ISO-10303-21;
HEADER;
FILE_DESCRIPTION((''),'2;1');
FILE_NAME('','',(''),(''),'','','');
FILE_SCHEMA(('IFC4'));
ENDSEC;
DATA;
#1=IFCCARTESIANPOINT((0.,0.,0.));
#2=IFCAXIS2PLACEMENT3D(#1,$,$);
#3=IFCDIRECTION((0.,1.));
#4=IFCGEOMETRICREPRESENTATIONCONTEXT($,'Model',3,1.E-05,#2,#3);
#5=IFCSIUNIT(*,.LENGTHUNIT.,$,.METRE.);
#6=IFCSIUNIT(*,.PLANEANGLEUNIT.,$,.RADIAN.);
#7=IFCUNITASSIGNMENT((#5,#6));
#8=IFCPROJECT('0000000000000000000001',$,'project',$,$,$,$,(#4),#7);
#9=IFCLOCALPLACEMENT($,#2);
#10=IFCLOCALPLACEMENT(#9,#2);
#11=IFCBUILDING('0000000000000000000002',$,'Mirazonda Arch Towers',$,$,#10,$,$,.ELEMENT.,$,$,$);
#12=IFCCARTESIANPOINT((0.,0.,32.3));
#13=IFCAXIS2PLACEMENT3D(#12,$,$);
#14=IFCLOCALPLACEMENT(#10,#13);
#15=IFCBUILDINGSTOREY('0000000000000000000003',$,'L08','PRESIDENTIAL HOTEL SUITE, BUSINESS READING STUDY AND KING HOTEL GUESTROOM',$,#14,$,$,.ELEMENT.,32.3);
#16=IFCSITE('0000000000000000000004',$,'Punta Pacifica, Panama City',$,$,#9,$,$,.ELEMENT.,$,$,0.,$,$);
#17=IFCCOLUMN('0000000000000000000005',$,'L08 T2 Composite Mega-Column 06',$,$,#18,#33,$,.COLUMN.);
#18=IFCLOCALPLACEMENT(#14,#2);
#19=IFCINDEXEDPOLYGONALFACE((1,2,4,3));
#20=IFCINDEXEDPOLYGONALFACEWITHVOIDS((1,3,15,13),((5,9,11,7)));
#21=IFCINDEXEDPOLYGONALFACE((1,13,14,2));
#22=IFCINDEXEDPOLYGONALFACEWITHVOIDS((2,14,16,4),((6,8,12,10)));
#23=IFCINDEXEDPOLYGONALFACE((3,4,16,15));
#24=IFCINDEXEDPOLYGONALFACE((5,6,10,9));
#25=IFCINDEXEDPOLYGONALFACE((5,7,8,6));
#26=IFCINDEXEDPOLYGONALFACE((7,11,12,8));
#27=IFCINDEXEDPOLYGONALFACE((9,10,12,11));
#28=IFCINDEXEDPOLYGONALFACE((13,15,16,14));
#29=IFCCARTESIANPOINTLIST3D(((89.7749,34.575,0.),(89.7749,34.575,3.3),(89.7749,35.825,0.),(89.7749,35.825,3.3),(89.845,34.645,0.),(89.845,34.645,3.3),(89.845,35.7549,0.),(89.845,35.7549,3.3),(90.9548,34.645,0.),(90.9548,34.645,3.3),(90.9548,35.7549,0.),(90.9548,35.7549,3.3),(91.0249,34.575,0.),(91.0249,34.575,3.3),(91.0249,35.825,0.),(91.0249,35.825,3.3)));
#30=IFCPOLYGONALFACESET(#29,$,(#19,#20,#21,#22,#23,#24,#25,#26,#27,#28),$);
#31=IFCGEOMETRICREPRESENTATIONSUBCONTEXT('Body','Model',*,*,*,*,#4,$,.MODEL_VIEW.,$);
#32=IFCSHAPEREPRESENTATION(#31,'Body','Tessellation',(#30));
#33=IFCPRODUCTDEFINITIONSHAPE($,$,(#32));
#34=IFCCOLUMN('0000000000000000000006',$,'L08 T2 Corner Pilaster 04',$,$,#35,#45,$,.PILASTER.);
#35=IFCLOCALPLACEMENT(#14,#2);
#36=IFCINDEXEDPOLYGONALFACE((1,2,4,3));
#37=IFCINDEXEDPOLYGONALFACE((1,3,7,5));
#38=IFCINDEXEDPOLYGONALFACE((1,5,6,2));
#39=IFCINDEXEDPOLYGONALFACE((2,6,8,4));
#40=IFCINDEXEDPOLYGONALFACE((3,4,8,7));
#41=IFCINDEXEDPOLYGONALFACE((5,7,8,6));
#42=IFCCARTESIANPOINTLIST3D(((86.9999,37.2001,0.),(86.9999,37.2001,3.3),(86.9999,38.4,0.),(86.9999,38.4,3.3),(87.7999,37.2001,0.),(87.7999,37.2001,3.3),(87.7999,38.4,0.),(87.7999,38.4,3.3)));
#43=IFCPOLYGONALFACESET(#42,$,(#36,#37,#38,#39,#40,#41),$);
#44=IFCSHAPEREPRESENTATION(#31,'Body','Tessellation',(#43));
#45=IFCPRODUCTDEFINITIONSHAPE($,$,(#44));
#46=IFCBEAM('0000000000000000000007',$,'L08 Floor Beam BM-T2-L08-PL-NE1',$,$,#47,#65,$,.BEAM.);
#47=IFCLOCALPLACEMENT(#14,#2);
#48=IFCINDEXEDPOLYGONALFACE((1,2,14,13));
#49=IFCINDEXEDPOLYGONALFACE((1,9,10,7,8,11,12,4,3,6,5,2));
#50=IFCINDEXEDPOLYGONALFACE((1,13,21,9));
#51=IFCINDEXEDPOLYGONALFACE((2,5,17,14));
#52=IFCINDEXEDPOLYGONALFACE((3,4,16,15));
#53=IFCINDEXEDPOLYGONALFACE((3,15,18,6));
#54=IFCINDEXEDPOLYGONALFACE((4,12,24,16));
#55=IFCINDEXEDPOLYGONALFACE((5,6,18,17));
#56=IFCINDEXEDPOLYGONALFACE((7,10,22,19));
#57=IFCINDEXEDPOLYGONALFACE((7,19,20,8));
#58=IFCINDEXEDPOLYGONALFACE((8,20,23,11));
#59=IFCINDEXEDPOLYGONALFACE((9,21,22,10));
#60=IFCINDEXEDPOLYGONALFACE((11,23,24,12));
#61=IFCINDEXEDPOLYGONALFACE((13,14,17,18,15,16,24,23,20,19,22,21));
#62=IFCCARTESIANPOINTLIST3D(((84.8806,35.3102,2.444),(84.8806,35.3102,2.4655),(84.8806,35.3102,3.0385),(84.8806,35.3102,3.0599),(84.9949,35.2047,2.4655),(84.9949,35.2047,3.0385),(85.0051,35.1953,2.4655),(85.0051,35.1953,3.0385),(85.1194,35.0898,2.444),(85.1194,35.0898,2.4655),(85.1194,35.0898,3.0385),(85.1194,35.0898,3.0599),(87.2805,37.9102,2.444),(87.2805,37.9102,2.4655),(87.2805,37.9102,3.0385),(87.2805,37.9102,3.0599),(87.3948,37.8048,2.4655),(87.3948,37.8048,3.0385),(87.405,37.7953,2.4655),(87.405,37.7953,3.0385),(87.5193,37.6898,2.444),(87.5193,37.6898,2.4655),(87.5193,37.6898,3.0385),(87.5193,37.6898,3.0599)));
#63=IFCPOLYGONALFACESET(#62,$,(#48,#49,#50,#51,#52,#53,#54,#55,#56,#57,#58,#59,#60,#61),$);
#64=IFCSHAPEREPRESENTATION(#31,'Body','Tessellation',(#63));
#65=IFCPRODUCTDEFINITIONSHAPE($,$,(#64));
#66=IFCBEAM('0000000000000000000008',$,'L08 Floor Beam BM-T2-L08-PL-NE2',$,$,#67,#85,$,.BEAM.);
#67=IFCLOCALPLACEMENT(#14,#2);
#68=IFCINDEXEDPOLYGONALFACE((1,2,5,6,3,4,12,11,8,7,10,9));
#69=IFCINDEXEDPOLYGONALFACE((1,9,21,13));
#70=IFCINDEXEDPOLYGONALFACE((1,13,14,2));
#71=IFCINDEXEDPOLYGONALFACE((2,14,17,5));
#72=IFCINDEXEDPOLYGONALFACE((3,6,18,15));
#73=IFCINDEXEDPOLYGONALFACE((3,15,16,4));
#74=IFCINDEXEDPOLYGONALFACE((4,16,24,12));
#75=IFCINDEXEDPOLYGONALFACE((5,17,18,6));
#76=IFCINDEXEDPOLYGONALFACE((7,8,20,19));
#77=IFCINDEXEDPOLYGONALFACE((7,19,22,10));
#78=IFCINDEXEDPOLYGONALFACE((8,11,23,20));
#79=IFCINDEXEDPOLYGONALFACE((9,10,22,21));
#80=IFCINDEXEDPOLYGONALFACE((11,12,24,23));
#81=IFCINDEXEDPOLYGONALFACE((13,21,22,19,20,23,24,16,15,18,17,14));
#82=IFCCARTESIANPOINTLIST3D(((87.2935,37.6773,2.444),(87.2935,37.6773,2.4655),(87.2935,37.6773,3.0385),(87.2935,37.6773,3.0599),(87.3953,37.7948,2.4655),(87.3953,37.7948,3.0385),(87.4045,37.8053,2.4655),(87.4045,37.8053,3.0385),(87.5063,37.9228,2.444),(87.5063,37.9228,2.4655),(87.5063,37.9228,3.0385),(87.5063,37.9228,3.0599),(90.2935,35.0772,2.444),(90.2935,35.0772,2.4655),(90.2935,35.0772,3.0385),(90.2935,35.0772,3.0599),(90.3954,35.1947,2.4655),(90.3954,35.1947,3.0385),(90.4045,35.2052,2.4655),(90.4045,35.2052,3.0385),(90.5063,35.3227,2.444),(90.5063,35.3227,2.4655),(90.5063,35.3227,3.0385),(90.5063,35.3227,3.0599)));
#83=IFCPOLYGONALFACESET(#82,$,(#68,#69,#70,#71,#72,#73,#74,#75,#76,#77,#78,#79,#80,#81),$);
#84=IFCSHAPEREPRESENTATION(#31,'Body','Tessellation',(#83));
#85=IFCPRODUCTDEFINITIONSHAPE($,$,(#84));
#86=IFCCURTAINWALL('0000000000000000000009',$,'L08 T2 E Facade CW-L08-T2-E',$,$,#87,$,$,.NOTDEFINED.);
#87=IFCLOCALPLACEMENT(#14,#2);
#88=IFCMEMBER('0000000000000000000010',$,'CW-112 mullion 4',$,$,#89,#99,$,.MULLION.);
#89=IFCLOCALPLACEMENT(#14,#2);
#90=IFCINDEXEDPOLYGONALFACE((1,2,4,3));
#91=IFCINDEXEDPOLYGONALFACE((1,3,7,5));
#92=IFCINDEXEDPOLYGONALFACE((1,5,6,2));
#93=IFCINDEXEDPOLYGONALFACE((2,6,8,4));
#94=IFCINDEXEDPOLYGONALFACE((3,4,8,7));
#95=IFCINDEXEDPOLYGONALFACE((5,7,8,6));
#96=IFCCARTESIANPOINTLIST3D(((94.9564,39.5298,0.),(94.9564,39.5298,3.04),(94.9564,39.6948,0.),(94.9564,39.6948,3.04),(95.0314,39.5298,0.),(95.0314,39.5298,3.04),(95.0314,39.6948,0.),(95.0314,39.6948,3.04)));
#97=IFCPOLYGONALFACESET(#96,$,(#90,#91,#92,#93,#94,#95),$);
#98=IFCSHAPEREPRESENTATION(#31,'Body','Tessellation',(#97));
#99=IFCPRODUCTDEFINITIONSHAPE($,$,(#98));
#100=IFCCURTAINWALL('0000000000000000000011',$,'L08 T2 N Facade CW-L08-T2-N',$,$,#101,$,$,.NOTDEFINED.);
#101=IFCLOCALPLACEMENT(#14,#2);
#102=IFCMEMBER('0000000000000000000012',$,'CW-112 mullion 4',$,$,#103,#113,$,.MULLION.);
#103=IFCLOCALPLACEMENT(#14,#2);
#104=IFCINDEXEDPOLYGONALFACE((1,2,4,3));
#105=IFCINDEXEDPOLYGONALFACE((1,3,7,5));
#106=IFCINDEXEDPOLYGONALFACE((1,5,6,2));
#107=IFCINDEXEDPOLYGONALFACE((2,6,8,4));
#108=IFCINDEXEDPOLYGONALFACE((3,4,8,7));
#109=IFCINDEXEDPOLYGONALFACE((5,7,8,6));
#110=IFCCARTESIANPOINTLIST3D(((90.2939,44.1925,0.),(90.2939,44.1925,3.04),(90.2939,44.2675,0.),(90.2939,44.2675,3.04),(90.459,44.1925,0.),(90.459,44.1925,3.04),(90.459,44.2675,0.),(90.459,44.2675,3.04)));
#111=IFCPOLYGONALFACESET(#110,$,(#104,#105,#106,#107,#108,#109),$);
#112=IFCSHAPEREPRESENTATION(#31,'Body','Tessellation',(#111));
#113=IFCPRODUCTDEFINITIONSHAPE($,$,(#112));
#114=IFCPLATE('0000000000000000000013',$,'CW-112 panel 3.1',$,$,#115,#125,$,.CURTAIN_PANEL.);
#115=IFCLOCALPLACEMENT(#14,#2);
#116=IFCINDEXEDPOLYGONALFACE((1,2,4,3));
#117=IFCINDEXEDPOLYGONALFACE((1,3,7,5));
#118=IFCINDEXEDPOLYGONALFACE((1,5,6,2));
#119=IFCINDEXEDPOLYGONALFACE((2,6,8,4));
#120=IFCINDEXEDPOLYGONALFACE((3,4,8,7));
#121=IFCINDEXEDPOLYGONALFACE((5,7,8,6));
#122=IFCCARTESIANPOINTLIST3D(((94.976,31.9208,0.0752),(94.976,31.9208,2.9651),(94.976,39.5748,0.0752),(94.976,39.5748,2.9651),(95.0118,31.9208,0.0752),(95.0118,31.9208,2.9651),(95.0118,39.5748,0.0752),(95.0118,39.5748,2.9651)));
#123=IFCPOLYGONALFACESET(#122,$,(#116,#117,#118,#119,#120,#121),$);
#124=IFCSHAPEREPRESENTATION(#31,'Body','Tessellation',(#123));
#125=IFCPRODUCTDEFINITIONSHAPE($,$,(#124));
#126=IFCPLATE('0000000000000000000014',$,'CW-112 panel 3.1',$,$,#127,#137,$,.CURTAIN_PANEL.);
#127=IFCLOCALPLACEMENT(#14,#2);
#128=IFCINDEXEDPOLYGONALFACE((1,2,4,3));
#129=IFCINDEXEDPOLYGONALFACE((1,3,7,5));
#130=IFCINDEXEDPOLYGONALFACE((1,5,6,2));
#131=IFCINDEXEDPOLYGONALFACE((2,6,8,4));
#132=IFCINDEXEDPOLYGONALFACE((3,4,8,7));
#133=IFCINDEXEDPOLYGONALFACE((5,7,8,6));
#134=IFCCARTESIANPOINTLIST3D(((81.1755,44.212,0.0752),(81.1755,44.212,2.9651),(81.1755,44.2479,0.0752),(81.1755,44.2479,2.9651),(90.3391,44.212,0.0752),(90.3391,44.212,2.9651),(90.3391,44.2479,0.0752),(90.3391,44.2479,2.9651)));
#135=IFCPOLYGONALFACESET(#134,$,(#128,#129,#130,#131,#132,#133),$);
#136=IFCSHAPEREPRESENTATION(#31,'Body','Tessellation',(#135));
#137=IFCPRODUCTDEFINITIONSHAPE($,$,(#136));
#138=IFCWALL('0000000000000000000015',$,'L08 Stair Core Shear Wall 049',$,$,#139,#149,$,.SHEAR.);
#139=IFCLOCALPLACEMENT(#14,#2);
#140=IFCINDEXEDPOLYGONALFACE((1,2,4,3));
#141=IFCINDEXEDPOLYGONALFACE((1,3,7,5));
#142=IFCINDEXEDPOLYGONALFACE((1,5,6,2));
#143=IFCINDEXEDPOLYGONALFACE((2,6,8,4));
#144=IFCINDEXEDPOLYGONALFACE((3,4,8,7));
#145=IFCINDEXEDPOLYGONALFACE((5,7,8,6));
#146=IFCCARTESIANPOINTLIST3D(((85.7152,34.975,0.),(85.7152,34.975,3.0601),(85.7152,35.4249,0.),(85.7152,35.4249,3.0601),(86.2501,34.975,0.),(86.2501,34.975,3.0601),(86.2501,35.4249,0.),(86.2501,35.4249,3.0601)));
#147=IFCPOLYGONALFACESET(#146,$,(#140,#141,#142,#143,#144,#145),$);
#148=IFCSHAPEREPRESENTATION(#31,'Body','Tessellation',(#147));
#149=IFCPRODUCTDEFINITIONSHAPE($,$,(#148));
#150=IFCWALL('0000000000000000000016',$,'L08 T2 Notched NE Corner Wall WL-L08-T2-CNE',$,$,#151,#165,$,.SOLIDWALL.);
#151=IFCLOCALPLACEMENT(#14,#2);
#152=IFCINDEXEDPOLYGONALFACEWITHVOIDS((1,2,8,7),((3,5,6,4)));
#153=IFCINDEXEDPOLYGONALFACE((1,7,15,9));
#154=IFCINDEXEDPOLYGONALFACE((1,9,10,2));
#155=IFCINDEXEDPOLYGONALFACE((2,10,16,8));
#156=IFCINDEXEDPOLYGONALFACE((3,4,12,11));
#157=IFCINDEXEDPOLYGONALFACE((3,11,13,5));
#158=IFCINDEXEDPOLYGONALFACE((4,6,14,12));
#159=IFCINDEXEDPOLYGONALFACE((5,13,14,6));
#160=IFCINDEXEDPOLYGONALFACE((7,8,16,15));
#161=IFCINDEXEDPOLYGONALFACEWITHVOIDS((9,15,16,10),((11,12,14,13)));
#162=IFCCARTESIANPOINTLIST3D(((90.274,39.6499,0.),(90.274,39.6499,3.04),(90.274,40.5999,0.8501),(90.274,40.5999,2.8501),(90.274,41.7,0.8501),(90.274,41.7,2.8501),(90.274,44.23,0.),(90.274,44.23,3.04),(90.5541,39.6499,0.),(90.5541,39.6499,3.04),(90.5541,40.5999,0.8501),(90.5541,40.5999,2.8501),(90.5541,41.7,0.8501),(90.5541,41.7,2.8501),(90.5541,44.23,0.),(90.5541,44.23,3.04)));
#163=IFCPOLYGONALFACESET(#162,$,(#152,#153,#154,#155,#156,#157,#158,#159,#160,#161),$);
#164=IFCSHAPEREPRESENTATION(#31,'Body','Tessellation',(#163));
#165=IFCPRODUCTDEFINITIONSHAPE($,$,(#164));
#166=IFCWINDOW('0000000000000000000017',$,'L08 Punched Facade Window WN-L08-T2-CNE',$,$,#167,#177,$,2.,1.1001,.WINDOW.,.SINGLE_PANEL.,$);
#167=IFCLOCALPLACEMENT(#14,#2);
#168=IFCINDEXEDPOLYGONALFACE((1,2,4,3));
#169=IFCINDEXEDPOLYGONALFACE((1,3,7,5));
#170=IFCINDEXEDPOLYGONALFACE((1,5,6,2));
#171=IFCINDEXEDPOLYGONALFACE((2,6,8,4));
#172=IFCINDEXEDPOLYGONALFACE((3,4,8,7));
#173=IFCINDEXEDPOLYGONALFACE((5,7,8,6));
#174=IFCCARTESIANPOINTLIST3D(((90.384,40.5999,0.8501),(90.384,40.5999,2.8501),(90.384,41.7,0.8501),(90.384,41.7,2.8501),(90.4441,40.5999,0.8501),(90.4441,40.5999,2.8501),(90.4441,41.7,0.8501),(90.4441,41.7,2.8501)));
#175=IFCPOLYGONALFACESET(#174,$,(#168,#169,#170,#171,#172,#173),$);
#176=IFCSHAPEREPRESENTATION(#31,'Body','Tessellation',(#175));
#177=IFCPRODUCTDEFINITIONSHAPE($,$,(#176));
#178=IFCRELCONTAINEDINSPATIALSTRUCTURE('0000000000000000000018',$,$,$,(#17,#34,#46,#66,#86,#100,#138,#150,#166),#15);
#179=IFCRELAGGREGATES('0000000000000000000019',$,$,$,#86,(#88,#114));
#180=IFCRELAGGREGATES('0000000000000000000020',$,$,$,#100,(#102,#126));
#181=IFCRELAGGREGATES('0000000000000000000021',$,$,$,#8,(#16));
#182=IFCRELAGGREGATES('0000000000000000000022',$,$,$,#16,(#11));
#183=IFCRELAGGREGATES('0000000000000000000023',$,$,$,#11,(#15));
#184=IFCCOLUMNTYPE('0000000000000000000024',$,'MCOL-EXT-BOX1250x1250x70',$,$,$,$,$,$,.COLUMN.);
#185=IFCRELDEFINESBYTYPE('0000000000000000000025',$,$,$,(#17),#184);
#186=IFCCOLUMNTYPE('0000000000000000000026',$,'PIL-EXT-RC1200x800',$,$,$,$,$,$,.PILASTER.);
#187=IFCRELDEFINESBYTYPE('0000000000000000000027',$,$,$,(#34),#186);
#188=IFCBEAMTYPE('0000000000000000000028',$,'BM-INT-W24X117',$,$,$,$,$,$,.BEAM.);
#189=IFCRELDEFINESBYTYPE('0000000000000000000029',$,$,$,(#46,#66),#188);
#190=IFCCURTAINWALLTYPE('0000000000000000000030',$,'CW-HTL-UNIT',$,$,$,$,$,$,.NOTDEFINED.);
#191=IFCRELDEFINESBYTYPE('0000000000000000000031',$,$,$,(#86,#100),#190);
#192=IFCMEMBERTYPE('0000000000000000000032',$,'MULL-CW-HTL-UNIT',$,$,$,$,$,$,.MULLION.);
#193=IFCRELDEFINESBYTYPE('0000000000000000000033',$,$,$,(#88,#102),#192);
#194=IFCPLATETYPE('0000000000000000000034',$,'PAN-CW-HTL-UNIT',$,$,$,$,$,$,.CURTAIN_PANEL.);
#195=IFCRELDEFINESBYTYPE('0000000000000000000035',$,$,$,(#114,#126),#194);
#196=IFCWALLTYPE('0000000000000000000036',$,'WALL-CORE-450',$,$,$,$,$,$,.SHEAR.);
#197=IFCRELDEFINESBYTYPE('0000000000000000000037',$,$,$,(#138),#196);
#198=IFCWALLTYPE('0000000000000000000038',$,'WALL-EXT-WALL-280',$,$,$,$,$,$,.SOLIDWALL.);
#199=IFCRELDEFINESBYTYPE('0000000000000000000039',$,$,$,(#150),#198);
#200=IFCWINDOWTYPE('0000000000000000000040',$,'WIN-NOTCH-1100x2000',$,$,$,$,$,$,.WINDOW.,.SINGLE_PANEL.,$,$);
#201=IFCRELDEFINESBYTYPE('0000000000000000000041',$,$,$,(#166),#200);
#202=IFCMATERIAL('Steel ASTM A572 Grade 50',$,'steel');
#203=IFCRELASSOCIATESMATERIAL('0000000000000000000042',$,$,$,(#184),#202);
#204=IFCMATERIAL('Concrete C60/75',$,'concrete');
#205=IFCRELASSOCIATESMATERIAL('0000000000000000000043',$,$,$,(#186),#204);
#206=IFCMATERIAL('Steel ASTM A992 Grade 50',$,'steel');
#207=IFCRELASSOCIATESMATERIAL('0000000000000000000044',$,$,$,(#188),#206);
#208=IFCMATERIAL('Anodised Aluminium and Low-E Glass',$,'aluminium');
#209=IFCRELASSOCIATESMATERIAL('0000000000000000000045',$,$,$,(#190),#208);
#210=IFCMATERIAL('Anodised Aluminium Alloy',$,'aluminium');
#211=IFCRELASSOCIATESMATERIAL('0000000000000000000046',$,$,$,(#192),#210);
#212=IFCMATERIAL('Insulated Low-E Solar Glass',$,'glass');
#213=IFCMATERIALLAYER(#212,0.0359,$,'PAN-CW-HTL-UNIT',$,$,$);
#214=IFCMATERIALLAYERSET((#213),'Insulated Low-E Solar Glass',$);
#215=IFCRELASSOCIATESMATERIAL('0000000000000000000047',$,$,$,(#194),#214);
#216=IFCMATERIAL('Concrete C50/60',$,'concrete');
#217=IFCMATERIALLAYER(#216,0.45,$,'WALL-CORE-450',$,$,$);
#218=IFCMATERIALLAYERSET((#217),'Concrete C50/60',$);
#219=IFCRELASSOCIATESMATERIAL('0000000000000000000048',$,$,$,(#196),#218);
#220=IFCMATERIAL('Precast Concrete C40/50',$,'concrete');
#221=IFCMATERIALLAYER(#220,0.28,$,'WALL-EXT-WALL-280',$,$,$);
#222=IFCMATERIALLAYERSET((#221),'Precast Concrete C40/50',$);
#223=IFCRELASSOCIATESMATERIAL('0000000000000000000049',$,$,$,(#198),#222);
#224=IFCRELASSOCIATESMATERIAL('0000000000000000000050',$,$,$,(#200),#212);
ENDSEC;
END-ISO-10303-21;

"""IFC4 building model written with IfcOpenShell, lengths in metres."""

from ifc_helpers import new_model, si_unit, direction, frame, frame_2d, origin, origin_2d, place, context, subcontext, project, spatial, rectangle, hollow_rectangle, i_section, extrude, material, layer, layer_set, material_profile, profile_set, type_object, element, fill, aggregate, save


model = new_model("IFC4")

# Units and contexts
model_context = context("Model", 3, precision=1e-05, world=origin(), true_north=direction((0.0, 1.0)))
body_context = subcontext(model_context, "Body", "Model", "MODEL_VIEW")
ifc_project = project(units=[si_unit("LENGTHUNIT", "METRE"), si_unit("PLANEANGLEUNIT", "RADIAN")], contexts=[model_context])

# Site, building, storey
site_placement = place(None, origin())
site = spatial("IfcSite", under=ifc_project, at=site_placement, Name="Punta Pacifica, Panama City", CompositionType="ELEMENT", RefElevation=0.0)
building_placement = place(site_placement, origin())
building = spatial("IfcBuilding", under=site, at=building_placement, Name="Mirazonda Arch Towers", CompositionType="ELEMENT")
storey_placement = place(building_placement, frame((0.0, 0.0, 32.3)))
storey = spatial("IfcBuildingStorey", under=building, at=storey_placement, Name="L08", Description="PRESIDENTIAL HOTEL SUITE, BUSINESS READING STUDY AND KING HOTEL GUESTROOM", CompositionType="ELEMENT", Elevation=32.3)

# Columns
ifc_material_1 = material(Name="Steel ASTM A572 Grade 50", Category="steel")
ifc_material_profile_1 = material_profile(ifc_material_1, hollow_rectangle(XDim=1.25, YDim=1.25, WallThickness=0.0701, at=origin_2d()), Name="BOX1250x1250x70")
ifc_profile_set_1 = profile_set([ifc_material_profile_1], Name="Steel ASTM A572 Grade 50")
column_type_1 = type_object("IfcColumnType", Name="MCOL-EXT-BOX1250x1250x70", PredefinedType="COLUMN", material=ifc_profile_set_1)
column_1_placement = place(storey_placement, frame((90.3999, 35.2, 0.0), z_axis=(0.0, 0.0, 1.0), x_axis=(1.0, 0.0, 0.0)))
element("IfcColumn", 1, at=column_1_placement, inside=storey, type_object=column_type_1, Name="L08 T2 Composite Mega-Column 06", PredefinedType="COLUMN", context=body_context, shape_type="SweptSolid", body=[
    extrude(hollow_rectangle(XDim=1.25, YDim=1.25, WallThickness=0.0701, at=origin_2d()), origin(), (0.0, 0.0, 1.0), 3.3),
])
ifc_material_2 = material(Name="Concrete C60/75", Category="concrete")
ifc_material_profile_2 = material_profile(ifc_material_2, rectangle(XDim=0.8, YDim=1.2, at=origin_2d()), Name="RC1200x800")
ifc_profile_set_2 = profile_set([ifc_material_profile_2], Name="Concrete C60/75")
column_type_2 = type_object("IfcColumnType", Name="PIL-EXT-RC1200x800", PredefinedType="PILASTER", material=ifc_profile_set_2)
column_2_placement = place(storey_placement, frame((87.3999, 37.8, 0.0), z_axis=(0.0, 0.0, 1.0), x_axis=(1.0, 0.0, 0.0)))
element("IfcColumn", 2, at=column_2_placement, inside=storey, type_object=column_type_2, Name="L08 T2 Corner Pilaster 04", PredefinedType="PILASTER", context=body_context, shape_type="SweptSolid", body=[
    extrude(rectangle(XDim=0.8, YDim=1.2, at=origin_2d()), origin(), (0.0, 0.0, 1.0), 3.3),
])

# Beams
ifc_material_3 = material(Name="Steel ASTM A992 Grade 50", Category="steel")
ifc_material_profile_3 = material_profile(ifc_material_3, i_section(OverallWidth=0.325, OverallDepth=0.616, WebThickness=0.0139, FlangeThickness=0.0215, at=origin_2d()), Name="W24X117")
ifc_profile_set_3 = profile_set([ifc_material_profile_3], Name="Steel ASTM A992 Grade 50")
beam_type = type_object("IfcBeamType", Name="BM-INT-W24X117", PredefinedType="BEAM", material=ifc_profile_set_3)
beam_1_placement = place(storey_placement, frame((87.3999, 37.8, 2.752), z_axis=(-0.678251, -0.73483, 0.0), x_axis=(0.73483, -0.678251, 0.0)))
element("IfcBeam", 3, at=beam_1_placement, inside=storey, type_object=beam_type, Name="L08 Floor Beam BM-T2-L08-PL-NE1", PredefinedType="BEAM", context=body_context, shape_type="SweptSolid", body=[
    extrude(i_section(OverallWidth=0.325, OverallDepth=0.616, WebThickness=0.0139, FlangeThickness=0.0215, at=origin_2d()), origin(), (0.0, 0.0, 1.0), 3.5383),
])
beam_2_placement = place(storey_placement, frame((87.3999, 37.8, 2.752), z_axis=(0.755677, -0.654945, 0.0), x_axis=(0.654945, 0.755677, 0.0)))
element("IfcBeam", 4, at=beam_2_placement, inside=storey, type_object=beam_type, Name="L08 Floor Beam BM-T2-L08-PL-NE2", PredefinedType="BEAM", context=body_context, shape_type="SweptSolid", body=[
    extrude(i_section(OverallWidth=0.325, OverallDepth=0.616, WebThickness=0.0139, FlangeThickness=0.0215, at=origin_2d()), origin(), (0.0, 0.0, 1.0), 3.97),
])

# Curtain walls, members
ifc_material_4 = material(Name="Anodised Aluminium and Low-E Glass", Category="aluminium")
curtain_wall_type = type_object("IfcCurtainWallType", Name="CW-HTL-UNIT", PredefinedType="NOTDEFINED", material=ifc_material_4)
curtain_wall_1_placement = place(storey_placement, origin())
curtain_wall_1 = element("IfcCurtainWall", 5, at=curtain_wall_1_placement, inside=storey, type_object=curtain_wall_type, Name="L08 T2 E Facade CW-L08-T2-E", PredefinedType="NOTDEFINED")
ifc_material_5 = material(Name="Anodised Aluminium Alloy", Category="aluminium")
ifc_material_profile_4 = material_profile(ifc_material_5, rectangle(XDim=0.075, YDim=0.165, at=origin_2d()), Name="ALU-MULL-75x165")
ifc_profile_set_4 = profile_set([ifc_material_profile_4], Name="Anodised Aluminium Alloy")
member_type = type_object("IfcMemberType", Name="MULL-CW-HTL-UNIT", PredefinedType="MULLION", material=ifc_profile_set_4)
member_1_placement = place(storey_placement, frame((94.9939, 39.6123, 0.0), z_axis=(0.0, 0.0, 1.0), x_axis=(-1.0, 0.0, 0.0)))
member_1 = element("IfcMember", 6, at=member_1_placement, type_object=member_type, Name="CW-112 mullion 4", PredefinedType="MULLION", context=body_context, shape_type="SweptSolid", body=[
    extrude(rectangle(XDim=0.075, YDim=0.165, at=origin_2d()), origin(), (0.0, 0.0, 1.0), 3.04),
])
curtain_wall_2_placement = place(storey_placement, origin())
curtain_wall_2 = element("IfcCurtainWall", 7, at=curtain_wall_2_placement, inside=storey, type_object=curtain_wall_type, Name="L08 T2 N Facade CW-L08-T2-N", PredefinedType="NOTDEFINED")
member_2_placement = place(storey_placement, frame((90.3765, 44.23, 0.0), z_axis=(0.0, 0.0, 1.0), x_axis=(0.0, 1.0, 0.0)))
member_2 = element("IfcMember", 8, at=member_2_placement, type_object=member_type, Name="CW-112 mullion 4", PredefinedType="MULLION", context=body_context, shape_type="SweptSolid", body=[
    extrude(rectangle(XDim=0.075, YDim=0.165, at=origin_2d()), origin(), (0.0, 0.0, 1.0), 3.04),
])

# Plates
ifc_material_6 = material(Name="Insulated Low-E Solar Glass", Category="glass")
ifc_layer_1 = layer(ifc_material_6, 0.0359, Name="PAN-CW-HTL-UNIT")
ifc_layer_set_1 = layer_set([ifc_layer_1], Name="Insulated Low-E Solar Glass")
plate_type = type_object("IfcPlateType", Name="PAN-CW-HTL-UNIT", PredefinedType="CURTAIN_PANEL", material=ifc_layer_set_1)
plate_1_placement = place(storey_placement, frame((94.9939, 35.7478, 0.0752), z_axis=(0.0, 0.0, 1.0), x_axis=(0.0, 1.0, 0.0)))
plate_1 = element("IfcPlate", 9, at=plate_1_placement, type_object=plate_type, Name="CW-112 panel 3.1", PredefinedType="CURTAIN_PANEL", context=body_context, shape_type="SweptSolid", body=[
    extrude(rectangle(XDim=7.6541, YDim=0.0359, at=origin_2d()), origin(), (0.0, 0.0, 1.0), 2.8899),
])
aggregate(curtain_wall_1, [member_1, plate_1])
plate_2_placement = place(storey_placement, frame((85.7573, 44.23, 0.0752), z_axis=(0.0, 0.0, 1.0), x_axis=(1.0, 0.0, 0.0)))
plate_2 = element("IfcPlate", 10, at=plate_2_placement, type_object=plate_type, Name="CW-112 panel 3.1", PredefinedType="CURTAIN_PANEL", context=body_context, shape_type="SweptSolid", body=[
    extrude(rectangle(XDim=9.1636, YDim=0.0359, at=origin_2d()), origin(), (0.0, 0.0, 1.0), 2.8899),
])
aggregate(curtain_wall_2, [member_2, plate_2])

# Wall
ifc_material_7 = material(Name="Concrete C50/60", Category="concrete")
ifc_layer_2 = layer(ifc_material_7, 0.45, Name="WALL-CORE-450")
ifc_layer_set_2 = layer_set([ifc_layer_2], Name="Concrete C50/60")
wall_type_1 = type_object("IfcWallType", Name="WALL-CORE-450", PredefinedType="SHEAR", material=ifc_layer_set_2)
wall_1_placement = place(storey_placement, frame((85.7151, 35.2, 0.0), z_axis=(0.0, 0.0, 1.0), x_axis=(1.0, 0.0, 0.0)))
element("IfcWall", 11, at=wall_1_placement, inside=storey, type_object=wall_type_1, Name="L08 Stair Core Shear Wall 049", PredefinedType="SHEAR", context=body_context, shape_type="SweptSolid", body=[
    extrude(rectangle(XDim=0.5349, YDim=0.45, at=frame_2d((0.2676, 0.0))), origin(), (0.0, 0.0, 1.0), 3.0601),
])

# Wall, opening, window
ifc_material_8 = material(Name="Precast Concrete C40/50", Category="concrete")
ifc_layer_3 = layer(ifc_material_8, 0.28, Name="WALL-EXT-WALL-280")
ifc_layer_set_3 = layer_set([ifc_layer_3], Name="Precast Concrete C40/50")
wall_type_2 = type_object("IfcWallType", Name="WALL-EXT-WALL-280", PredefinedType="SOLIDWALL", material=ifc_layer_set_3)
wall_2_placement = place(storey_placement, frame((90.4141, 39.6499, 0.0), z_axis=(0.0, 0.0, 1.0), x_axis=(0.0, 1.0, 0.0)))
wall_2 = element("IfcWall", 12, at=wall_2_placement, inside=storey, type_object=wall_type_2, Name="L08 T2 Notched NE Corner Wall WL-L08-T2-CNE", PredefinedType="SOLIDWALL", context=body_context, shape_type="SweptSolid", body=[
    extrude(rectangle(XDim=4.5801, YDim=0.28, at=frame_2d((2.29, 0.0))), origin(), (0.0, 0.0, 1.0), 3.04),
])
opening_1_placement = place(wall_2_placement, frame((0.95, 0.0, 0.8501)))
opening_1 = element("IfcOpeningElement", 13, at=opening_1_placement, cuts=wall_2, PredefinedType="OPENING", context=body_context, shape_type="SweptSolid", body=[
    extrude(rectangle(XDim=1.1001, YDim=2.0, at=frame_2d((0.55, 1.0))), frame((0.0, 0.1499, 0.0), z_axis=(0.0, -1.0, 0.0), x_axis=(1.0, 0.0, 0.0)), (0.0, 0.0, 1.0), 0.3),
])
window_type = type_object("IfcWindowType", Name="WIN-NOTCH-1100x2000", PartitioningType="SINGLE_PANEL", PredefinedType="WINDOW", material=ifc_material_6)
window_1_placement = place(opening_1_placement, origin())
window_1 = element("IfcWindow", 14, at=window_1_placement, inside=storey, type_object=window_type, Name="L08 Punched Facade Window WN-L08-T2-CNE", OverallHeight=2.0, OverallWidth=1.1001, PartitioningType="SINGLE_PANEL", PredefinedType="WINDOW", context=body_context, shape_type="SweptSolid", body=[
    extrude(rectangle(XDim=1.1001, YDim=2.0, at=frame_2d((0.55, 1.0))), frame((0.0, 0.03, 0.0), z_axis=(0.0, -1.0, 0.0), x_axis=(1.0, 0.0, 0.0)), (0.0, 0.0, 1.0), 0.0601),
])
fill(opening_1, window_1)

save(model, "model.ifc")
